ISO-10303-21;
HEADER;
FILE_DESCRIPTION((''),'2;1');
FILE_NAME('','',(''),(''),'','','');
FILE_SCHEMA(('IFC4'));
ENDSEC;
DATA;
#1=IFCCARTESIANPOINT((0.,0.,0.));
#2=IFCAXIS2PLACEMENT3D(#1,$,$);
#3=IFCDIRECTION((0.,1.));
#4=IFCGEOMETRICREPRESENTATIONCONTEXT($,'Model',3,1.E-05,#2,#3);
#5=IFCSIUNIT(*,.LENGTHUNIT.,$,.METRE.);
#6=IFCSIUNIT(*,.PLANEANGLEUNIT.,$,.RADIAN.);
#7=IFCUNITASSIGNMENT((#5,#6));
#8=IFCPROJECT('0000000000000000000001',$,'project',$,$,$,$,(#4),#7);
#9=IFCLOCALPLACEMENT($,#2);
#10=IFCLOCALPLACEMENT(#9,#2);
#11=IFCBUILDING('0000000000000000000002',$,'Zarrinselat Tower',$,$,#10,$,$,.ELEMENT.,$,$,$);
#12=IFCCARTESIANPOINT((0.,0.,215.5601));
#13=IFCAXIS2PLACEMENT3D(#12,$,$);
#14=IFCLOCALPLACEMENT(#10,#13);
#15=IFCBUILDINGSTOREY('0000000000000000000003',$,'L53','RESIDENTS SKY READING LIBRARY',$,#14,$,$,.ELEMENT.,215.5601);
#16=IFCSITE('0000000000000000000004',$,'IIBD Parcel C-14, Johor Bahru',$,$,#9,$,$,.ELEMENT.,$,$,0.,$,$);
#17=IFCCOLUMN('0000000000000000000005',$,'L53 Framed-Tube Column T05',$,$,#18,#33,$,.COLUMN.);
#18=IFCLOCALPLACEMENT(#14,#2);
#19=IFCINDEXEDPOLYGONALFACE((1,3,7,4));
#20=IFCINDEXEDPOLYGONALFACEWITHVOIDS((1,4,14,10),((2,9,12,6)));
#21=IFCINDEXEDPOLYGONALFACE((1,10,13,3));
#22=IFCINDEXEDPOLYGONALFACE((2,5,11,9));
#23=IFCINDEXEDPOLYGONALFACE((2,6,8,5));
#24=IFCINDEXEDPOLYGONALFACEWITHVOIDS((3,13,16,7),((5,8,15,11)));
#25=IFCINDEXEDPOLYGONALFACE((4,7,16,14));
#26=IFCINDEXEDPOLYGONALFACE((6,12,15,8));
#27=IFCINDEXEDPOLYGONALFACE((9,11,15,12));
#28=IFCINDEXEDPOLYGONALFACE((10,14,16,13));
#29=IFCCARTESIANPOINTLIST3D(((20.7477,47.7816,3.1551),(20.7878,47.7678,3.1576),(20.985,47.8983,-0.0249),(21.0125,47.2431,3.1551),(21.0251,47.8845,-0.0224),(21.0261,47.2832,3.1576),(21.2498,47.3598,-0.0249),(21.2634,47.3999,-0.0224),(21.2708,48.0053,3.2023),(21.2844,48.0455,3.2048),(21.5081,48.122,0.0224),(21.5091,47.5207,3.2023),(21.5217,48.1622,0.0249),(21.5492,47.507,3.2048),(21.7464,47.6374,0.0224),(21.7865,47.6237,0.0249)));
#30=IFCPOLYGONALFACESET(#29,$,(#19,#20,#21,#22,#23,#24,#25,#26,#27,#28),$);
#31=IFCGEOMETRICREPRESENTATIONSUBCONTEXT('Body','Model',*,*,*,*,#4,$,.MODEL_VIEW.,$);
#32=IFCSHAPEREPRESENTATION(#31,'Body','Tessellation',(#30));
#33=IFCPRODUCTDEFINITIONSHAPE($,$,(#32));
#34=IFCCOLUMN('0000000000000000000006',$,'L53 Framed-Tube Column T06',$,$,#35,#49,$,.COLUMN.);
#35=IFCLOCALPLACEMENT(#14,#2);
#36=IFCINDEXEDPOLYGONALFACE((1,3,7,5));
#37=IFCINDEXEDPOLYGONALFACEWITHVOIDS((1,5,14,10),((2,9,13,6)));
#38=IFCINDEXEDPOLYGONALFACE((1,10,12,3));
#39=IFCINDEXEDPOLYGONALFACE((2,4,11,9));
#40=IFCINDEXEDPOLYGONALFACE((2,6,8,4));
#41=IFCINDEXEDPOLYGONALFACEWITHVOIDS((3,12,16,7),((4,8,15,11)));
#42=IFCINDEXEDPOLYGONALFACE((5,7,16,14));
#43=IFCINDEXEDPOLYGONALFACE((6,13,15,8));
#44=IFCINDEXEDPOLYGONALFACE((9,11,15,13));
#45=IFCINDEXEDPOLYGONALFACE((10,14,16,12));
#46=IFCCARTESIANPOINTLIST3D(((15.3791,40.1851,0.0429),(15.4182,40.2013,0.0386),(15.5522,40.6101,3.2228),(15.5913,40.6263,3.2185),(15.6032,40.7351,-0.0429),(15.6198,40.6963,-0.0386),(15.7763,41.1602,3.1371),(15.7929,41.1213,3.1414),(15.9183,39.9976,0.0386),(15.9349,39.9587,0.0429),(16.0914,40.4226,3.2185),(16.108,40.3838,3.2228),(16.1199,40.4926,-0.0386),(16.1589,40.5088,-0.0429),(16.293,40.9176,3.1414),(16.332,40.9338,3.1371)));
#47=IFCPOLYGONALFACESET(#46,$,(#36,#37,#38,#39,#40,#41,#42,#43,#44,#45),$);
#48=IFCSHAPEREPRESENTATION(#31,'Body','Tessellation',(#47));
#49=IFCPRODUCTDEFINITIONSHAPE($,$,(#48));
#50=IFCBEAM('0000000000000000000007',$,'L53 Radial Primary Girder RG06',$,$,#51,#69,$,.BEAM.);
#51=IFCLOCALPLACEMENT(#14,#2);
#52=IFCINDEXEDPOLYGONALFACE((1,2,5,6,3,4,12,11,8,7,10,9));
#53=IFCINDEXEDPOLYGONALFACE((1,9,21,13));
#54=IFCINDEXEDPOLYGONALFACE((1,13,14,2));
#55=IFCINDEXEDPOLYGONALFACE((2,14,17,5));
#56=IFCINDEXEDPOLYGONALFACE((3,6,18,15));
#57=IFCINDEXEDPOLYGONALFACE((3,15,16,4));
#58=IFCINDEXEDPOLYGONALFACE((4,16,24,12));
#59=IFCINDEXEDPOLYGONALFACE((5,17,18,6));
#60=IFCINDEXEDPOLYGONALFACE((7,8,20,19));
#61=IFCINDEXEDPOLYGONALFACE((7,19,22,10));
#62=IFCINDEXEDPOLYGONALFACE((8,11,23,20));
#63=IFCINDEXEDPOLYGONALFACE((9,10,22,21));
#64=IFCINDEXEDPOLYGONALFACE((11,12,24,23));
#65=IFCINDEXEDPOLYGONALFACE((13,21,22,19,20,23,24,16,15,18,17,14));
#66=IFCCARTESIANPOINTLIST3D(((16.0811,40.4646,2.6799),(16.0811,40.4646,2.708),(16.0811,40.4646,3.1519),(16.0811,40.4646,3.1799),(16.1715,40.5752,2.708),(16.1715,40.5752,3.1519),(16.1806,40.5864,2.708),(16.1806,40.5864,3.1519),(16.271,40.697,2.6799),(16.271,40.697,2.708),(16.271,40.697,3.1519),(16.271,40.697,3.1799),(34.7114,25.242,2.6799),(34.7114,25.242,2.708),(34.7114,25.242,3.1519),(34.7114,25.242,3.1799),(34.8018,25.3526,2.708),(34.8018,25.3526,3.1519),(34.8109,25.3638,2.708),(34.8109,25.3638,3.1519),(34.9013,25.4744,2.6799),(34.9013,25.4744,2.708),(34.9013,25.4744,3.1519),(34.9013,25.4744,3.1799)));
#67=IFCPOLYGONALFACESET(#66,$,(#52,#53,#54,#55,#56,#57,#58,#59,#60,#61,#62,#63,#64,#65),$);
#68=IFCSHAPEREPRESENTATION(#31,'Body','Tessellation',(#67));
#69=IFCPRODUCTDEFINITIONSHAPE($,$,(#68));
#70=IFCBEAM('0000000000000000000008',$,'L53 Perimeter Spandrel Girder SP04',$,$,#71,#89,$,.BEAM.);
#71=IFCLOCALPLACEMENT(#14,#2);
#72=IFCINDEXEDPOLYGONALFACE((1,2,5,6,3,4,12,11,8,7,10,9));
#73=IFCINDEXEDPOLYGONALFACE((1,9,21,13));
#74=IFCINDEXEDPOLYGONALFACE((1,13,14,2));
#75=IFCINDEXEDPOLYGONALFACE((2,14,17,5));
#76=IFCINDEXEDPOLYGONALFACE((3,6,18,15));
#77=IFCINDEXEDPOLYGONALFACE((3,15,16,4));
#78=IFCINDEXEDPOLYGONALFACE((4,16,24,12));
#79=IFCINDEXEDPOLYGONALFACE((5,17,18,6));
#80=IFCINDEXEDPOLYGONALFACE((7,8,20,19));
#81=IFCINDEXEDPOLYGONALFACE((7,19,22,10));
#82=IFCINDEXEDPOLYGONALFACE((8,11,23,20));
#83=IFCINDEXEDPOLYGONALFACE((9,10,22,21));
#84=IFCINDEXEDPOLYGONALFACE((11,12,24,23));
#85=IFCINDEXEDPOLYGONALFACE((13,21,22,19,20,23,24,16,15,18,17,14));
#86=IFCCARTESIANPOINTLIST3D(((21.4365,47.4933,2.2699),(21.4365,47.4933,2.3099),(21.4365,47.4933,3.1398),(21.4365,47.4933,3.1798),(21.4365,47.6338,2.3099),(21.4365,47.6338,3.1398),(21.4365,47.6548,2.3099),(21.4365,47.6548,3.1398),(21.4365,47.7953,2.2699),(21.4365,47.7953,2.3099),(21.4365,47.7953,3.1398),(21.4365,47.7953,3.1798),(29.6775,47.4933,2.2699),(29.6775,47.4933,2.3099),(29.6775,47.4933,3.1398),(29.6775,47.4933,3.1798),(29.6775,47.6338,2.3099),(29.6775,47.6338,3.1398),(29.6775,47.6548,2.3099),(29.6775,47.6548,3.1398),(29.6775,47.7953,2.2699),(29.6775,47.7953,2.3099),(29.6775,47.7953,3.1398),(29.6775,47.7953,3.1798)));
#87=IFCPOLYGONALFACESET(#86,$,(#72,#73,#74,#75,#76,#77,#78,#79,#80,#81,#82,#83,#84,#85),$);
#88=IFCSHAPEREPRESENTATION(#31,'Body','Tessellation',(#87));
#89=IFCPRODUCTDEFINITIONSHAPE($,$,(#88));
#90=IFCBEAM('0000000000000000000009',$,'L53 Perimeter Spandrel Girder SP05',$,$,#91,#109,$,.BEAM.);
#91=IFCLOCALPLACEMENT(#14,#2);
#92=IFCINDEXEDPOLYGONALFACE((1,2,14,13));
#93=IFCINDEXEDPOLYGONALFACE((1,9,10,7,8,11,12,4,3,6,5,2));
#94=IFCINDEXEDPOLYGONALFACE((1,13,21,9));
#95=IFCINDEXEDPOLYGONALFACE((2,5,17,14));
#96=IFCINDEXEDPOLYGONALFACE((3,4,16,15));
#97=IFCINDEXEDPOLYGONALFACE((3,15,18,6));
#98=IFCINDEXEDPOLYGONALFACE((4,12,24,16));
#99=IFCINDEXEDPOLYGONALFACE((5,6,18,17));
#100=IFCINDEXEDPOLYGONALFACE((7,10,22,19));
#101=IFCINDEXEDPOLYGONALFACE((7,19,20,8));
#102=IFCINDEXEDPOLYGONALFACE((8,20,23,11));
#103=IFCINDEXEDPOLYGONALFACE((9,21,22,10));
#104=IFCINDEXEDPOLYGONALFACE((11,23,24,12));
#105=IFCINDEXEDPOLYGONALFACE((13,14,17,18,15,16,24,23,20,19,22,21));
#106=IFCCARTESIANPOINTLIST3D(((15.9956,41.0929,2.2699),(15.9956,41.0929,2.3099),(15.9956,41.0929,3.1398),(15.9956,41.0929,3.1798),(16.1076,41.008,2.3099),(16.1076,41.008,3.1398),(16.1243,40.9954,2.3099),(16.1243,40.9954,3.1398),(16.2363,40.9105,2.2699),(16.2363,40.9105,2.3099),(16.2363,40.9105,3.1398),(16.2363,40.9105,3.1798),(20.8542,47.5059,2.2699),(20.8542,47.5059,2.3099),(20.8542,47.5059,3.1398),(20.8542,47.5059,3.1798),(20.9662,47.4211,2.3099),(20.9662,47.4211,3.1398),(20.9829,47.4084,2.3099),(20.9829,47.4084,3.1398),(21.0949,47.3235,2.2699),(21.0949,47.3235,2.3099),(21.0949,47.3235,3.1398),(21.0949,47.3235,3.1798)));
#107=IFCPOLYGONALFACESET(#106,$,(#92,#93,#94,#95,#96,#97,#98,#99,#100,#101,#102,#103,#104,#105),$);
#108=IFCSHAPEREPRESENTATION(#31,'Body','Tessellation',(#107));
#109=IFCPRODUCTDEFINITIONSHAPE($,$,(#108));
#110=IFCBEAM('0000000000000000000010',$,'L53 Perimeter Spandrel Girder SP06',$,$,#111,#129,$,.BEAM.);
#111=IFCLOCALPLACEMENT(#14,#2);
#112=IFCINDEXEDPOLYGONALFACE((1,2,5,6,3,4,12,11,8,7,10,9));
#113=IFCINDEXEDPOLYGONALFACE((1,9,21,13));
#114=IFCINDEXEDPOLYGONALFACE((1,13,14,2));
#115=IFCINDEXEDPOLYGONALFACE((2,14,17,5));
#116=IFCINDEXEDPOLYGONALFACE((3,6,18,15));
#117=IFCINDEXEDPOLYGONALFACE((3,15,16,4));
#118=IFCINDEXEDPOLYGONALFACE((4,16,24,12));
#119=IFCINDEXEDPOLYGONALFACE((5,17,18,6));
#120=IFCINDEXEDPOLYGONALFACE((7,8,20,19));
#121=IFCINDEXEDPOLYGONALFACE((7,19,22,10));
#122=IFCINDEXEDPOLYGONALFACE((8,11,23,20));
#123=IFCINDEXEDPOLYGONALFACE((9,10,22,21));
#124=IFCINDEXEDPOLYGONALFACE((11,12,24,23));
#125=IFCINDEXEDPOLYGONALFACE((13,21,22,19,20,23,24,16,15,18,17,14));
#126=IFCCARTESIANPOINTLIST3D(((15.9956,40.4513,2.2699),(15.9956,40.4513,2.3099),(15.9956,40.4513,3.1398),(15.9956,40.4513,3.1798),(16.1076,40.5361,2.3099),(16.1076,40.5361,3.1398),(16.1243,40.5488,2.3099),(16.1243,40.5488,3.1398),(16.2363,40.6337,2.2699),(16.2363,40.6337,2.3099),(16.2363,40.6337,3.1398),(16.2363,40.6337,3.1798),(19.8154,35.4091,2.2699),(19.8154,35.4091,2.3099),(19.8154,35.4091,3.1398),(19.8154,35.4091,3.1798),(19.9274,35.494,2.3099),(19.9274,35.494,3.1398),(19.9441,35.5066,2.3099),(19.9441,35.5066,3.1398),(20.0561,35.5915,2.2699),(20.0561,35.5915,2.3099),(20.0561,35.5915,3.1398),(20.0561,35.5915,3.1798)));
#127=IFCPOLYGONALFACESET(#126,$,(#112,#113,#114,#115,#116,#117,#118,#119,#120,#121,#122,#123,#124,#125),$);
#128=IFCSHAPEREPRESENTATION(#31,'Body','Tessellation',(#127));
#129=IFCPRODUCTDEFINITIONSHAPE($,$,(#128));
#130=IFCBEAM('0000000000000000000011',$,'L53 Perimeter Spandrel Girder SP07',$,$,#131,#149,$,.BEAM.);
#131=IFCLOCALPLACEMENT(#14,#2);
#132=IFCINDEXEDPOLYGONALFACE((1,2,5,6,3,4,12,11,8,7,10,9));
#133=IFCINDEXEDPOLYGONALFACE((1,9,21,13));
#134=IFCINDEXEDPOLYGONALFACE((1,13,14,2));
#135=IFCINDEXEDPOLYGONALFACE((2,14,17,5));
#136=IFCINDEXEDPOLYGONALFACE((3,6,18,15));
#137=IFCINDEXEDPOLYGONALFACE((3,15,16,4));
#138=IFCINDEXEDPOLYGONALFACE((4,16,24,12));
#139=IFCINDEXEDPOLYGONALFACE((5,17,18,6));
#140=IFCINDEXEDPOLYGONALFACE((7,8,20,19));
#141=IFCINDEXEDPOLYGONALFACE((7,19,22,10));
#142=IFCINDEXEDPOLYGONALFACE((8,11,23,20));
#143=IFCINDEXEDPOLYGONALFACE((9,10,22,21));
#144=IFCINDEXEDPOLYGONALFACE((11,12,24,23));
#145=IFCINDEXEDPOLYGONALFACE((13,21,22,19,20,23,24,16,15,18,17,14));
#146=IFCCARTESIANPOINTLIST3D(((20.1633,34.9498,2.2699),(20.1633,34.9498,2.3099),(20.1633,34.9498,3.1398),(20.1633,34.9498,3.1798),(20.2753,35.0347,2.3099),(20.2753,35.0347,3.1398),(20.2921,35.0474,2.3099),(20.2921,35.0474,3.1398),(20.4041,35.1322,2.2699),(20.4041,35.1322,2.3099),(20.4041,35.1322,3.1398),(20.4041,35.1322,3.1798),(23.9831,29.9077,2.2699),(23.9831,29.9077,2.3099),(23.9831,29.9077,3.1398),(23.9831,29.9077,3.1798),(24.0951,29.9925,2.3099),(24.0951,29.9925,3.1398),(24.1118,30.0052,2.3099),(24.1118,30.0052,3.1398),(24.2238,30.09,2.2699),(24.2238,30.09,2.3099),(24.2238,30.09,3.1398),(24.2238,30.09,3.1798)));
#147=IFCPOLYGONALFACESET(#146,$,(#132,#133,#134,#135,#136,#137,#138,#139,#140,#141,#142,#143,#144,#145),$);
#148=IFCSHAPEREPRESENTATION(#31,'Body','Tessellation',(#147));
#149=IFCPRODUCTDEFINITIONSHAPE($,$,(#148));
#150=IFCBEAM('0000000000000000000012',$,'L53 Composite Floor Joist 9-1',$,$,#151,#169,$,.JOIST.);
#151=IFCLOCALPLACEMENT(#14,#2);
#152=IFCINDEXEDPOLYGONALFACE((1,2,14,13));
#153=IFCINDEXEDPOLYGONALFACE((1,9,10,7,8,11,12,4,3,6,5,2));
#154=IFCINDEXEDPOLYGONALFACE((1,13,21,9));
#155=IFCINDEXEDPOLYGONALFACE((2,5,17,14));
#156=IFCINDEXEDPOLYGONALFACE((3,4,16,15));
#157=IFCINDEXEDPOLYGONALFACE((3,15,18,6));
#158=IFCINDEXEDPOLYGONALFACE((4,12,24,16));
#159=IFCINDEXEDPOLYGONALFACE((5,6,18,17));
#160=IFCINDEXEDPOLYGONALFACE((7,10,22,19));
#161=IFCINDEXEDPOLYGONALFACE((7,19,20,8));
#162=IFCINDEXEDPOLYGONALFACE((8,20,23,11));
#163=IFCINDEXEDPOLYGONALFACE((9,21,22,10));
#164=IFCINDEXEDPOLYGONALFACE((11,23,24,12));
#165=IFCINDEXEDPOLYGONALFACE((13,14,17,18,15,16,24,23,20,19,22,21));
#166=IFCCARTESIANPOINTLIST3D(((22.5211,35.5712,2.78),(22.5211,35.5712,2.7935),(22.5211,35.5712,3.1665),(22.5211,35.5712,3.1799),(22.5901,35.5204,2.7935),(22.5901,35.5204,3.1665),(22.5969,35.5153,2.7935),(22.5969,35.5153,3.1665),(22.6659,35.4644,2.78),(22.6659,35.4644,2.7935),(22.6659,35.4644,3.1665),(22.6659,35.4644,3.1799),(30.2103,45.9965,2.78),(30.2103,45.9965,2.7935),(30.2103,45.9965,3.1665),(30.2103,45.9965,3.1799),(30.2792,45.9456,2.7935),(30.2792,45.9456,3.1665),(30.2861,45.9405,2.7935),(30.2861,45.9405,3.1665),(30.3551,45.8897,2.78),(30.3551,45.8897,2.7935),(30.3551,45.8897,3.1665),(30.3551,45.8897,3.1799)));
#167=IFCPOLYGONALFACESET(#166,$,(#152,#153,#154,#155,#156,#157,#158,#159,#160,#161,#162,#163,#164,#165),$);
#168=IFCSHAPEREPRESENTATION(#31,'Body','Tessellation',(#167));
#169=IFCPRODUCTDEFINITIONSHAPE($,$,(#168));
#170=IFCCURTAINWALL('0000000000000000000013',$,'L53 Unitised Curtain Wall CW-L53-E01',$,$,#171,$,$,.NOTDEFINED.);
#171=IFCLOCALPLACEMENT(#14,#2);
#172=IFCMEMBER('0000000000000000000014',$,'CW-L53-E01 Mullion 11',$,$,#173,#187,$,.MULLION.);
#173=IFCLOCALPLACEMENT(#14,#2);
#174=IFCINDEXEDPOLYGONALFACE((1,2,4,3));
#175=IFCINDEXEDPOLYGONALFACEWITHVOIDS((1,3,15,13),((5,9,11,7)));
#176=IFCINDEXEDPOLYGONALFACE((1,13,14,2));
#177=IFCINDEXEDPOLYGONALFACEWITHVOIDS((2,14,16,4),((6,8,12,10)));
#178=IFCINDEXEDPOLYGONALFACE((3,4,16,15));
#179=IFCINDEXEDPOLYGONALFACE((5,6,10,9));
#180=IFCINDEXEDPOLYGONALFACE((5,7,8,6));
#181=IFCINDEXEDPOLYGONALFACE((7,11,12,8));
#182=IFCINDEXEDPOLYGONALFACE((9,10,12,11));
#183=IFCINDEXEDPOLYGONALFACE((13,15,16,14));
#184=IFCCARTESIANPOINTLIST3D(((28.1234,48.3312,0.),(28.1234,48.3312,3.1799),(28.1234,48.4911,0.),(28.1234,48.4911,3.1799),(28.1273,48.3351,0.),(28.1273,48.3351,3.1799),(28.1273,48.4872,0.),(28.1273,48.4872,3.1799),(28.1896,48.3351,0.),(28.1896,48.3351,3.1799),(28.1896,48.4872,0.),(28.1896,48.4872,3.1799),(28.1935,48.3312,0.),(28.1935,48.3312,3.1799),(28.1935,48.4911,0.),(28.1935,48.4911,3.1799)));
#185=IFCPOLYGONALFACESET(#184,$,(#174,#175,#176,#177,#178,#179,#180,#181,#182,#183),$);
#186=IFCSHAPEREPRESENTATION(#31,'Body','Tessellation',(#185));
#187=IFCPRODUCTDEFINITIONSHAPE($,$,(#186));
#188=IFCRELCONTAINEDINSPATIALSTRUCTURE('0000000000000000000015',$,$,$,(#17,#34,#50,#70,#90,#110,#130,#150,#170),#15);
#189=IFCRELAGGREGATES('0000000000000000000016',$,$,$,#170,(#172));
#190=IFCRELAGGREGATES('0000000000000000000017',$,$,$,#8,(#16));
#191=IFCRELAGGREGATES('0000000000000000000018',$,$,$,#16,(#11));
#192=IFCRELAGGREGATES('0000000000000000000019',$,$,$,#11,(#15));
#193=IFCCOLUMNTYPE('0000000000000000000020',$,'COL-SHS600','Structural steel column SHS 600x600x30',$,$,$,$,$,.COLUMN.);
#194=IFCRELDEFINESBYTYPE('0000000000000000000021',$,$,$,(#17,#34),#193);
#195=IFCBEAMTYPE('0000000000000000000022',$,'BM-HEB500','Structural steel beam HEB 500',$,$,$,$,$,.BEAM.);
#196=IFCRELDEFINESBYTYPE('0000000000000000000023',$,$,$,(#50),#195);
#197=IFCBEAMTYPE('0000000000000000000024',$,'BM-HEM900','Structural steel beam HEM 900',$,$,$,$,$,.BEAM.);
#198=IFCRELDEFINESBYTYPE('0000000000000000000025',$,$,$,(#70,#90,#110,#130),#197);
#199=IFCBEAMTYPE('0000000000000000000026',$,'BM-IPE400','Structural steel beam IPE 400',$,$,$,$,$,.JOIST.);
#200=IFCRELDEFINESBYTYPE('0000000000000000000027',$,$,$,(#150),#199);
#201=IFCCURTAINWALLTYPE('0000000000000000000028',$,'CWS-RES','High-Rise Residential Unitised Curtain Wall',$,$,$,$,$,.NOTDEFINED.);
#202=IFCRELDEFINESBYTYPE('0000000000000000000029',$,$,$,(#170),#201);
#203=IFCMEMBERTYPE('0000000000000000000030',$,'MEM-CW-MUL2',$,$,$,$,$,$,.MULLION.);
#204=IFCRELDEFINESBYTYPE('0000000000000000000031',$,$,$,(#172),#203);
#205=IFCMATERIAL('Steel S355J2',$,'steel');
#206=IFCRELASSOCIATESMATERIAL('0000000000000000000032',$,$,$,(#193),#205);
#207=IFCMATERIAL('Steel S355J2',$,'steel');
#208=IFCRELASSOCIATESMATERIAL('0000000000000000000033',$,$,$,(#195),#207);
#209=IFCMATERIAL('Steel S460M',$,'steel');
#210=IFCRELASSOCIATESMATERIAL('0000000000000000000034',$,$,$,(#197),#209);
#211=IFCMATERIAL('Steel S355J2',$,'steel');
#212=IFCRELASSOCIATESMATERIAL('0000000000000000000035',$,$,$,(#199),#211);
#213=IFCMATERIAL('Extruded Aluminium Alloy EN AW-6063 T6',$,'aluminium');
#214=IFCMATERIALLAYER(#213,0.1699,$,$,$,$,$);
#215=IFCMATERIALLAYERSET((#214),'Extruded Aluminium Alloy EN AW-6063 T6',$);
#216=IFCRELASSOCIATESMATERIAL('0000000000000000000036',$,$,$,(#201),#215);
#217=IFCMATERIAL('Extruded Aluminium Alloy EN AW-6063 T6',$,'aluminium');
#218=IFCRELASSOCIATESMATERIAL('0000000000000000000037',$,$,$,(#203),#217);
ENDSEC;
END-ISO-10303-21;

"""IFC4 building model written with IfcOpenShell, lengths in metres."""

from ifc_helpers import new_model, si_unit, direction, frame, origin, origin_2d, place, context, subcontext, project, spatial, hollow_rectangle, i_section, extrude, material, layer, layer_set, material_profile, profile_set, type_object, element, aggregate, save


model = new_model("IFC4")

# Units and contexts
model_context = context("Model", 3, precision=1e-05, world=origin(), true_north=direction((0.0, 1.0)))
body_context = subcontext(model_context, "Body", "Model", "MODEL_VIEW")
ifc_project = project(units=[si_unit("LENGTHUNIT", "METRE"), si_unit("PLANEANGLEUNIT", "RADIAN")], contexts=[model_context])

# Site, building, storey
site_placement = place(None, origin())
site = spatial("IfcSite", under=ifc_project, at=site_placement, Name="IIBD Parcel C-14, Johor Bahru", CompositionType="ELEMENT", RefElevation=0.0)
building_placement = place(site_placement, origin())
building = spatial("IfcBuilding", under=site, at=building_placement, Name="Zarrinselat Tower", CompositionType="ELEMENT")
storey_placement = place(building_placement, frame((0.0, 0.0, 215.5601)))
storey = spatial("IfcBuildingStorey", under=building, at=storey_placement, Name="L53", Description="RESIDENTS SKY READING LIBRARY", CompositionType="ELEMENT", Elevation=215.5601)

# Columns
ifc_material_1 = material(Name="Steel S355J2", Category="steel")
ifc_material_profile_1 = material_profile(ifc_material_1, hollow_rectangle(XDim=0.6001, YDim=0.6001, WallThickness=0.03, at=origin_2d()), Name="SHS 600x600x30")
ifc_profile_set_1 = profile_set([ifc_material_profile_1], Name="Steel S355J2")
column_type = type_object("IfcColumnType", Name="COL-SHS600", Description="Structural steel column SHS 600x600x30", PredefinedType="COLUMN", material=ifc_profile_set_1)
column_1_placement = place(storey_placement, frame((21.3857, 47.761, 0.0), z_axis=(-0.074369, -0.036572, 0.99656), x_axis=(0.441295, -0.897362, 0.0)))
element("IfcColumn", 1, at=column_1_placement, inside=storey, type_object=column_type, Name="L53 Framed-Tube Column T05", PredefinedType="COLUMN", context=body_context, shape_type="SweptSolid", body=[
    extrude(hollow_rectangle(XDim=0.6001, YDim=0.6001, WallThickness=0.03, at=origin_2d()), origin(), (0.0, 0.0, 1.0), 3.1909),
])
column_2_placement = place(storey_placement, frame((15.769, 40.3469, 0.0), z_axis=(0.053876, 0.132295, 0.989745), x_axis=(-0.926147, 0.377162, 0.0)))
element("IfcColumn", 2, at=column_2_placement, inside=storey, type_object=column_type, Name="L53 Framed-Tube Column T06", PredefinedType="COLUMN", context=body_context, shape_type="SweptSolid", body=[
    extrude(hollow_rectangle(XDim=0.6001, YDim=0.6001, WallThickness=0.03, at=origin_2d()), origin(), (0.0, 0.0, 1.0), 3.2129),
])

# Beams
ifc_material_2 = material(Name="Steel S355J2", Category="steel")
ifc_material_profile_2 = material_profile(ifc_material_2, i_section(OverallWidth=0.3, OverallDepth=0.5, WebThickness=0.0144, FlangeThickness=0.0281, at=origin_2d()), Name="HEB 500")
ifc_profile_set_2 = profile_set([ifc_material_profile_2], Name="Steel S355J2")
beam_type_1 = type_object("IfcBeamType", Name="BM-HEB500", Description="Structural steel beam HEB 500", PredefinedType="BEAM", material=ifc_profile_set_2)
beam_1_placement = place(storey_placement, frame((16.176, 40.5808, 2.9299), z_axis=(0.774372, -0.63273, 0.0), x_axis=(0.63273, 0.774372, 0.0)))
element("IfcBeam", 3, at=beam_1_placement, inside=storey, type_object=beam_type_1, Name="L53 Radial Primary Girder RG06", PredefinedType="BEAM", context=body_context, shape_type="SweptSolid", body=[
    extrude(i_section(OverallWidth=0.3, OverallDepth=0.5, WebThickness=0.0144, FlangeThickness=0.0281, at=origin_2d()), origin(), (0.0, 0.0, 1.0), 24.0586),
])
ifc_material_3 = material(Name="Steel S460M", Category="steel")
ifc_material_profile_3 = material_profile(ifc_material_3, i_section(OverallWidth=0.302, OverallDepth=0.9099, WebThickness=0.021, FlangeThickness=0.04, at=origin_2d()), Name="HEM 900")
ifc_profile_set_3 = profile_set([ifc_material_profile_3], Name="Steel S460M")
beam_type_2 = type_object("IfcBeamType", Name="BM-HEM900", Description="Structural steel beam HEM 900", PredefinedType="BEAM", material=ifc_profile_set_3)
beam_2_placement = place(storey_placement, frame((21.4365, 47.6443, 2.7249), z_axis=(1.0, 0.0, 0.0), x_axis=(0.0, 1.0, 0.0)))
element("IfcBeam", 4, at=beam_2_placement, inside=storey, type_object=beam_type_2, Name="L53 Perimeter Spandrel Girder SP04", PredefinedType="BEAM", context=body_context, shape_type="SweptSolid", body=[
    extrude(i_section(OverallWidth=0.302, OverallDepth=0.9099, WebThickness=0.021, FlangeThickness=0.04, at=origin_2d()), origin(), (0.0, 0.0, 1.0), 8.241),
])
beam_3_placement = place(storey_placement, frame((16.116, 41.0017, 2.7249), z_axis=(0.603877, 0.797078, 0.0), x_axis=(-0.797078, 0.603877, 0.0)))
element("IfcBeam", 5, at=beam_3_placement, inside=storey, type_object=beam_type_2, Name="L53 Perimeter Spandrel Girder SP05", PredefinedType="BEAM", context=body_context, shape_type="SweptSolid", body=[
    extrude(i_section(OverallWidth=0.302, OverallDepth=0.9099, WebThickness=0.021, FlangeThickness=0.04, at=origin_2d()), origin(), (0.0, 0.0, 1.0), 8.0457),
])
for number, where, z_axis, x_axis, name in (
    (6, (16.116, 40.5425, 2.7249), (0.603852, -0.797096, 0.0), (0.797096, 0.603852, 0.0), "L53 Perimeter Spandrel Girder SP06"),
    (7, (20.2837, 35.041, 2.7249), (0.603852, -0.797096, 0.0), (0.797096, 0.603852, 0.0), "L53 Perimeter Spandrel Girder SP07"),
):
    element("IfcBeam", number, at=place(storey_placement, frame(where, z_axis=z_axis, x_axis=x_axis)), inside=storey, type_object=beam_type_2, Name=name, PredefinedType="BEAM", context=body_context, shape_type="SweptSolid", body=[
        extrude(i_section(OverallWidth=0.302, OverallDepth=0.9099, WebThickness=0.021, FlangeThickness=0.04, at=origin_2d()), origin(), (0.0, 0.0, 1.0), 6.3257),
    ])
ifc_material_4 = material(Name="Steel S355J2", Category="steel")
ifc_material_profile_4 = material_profile(ifc_material_4, i_section(OverallWidth=0.1799, OverallDepth=0.3999, WebThickness=0.0085, FlangeThickness=0.0134, at=origin_2d()), Name="IPE 400")
ifc_profile_set_4 = profile_set([ifc_material_profile_4], Name="Steel S355J2")
beam_type_3 = type_object("IfcBeamType", Name="BM-IPE400", Description="Structural steel beam IPE 400", PredefinedType="JOIST", material=ifc_profile_set_4)
beam_4_placement = place(storey_placement, frame((22.5935, 35.5178, 2.98), z_axis=(0.59357, 0.804782, 0.0), x_axis=(-0.804782, 0.59357, 0.0)))
element("IfcBeam", 8, at=beam_4_placement, inside=storey, type_object=beam_type_3, Name="L53 Composite Floor Joist 9-1", PredefinedType="JOIST", context=body_context, shape_type="SweptSolid", body=[
    extrude(i_section(OverallWidth=0.1799, OverallDepth=0.3999, WebThickness=0.0085, FlangeThickness=0.0134, at=origin_2d()), origin(), (0.0, 0.0, 1.0), 12.9541),
])

# Curtain wall, member
ifc_material_5 = material(Name="Extruded Aluminium Alloy EN AW-6063 T6", Category="aluminium")
ifc_layer_1 = layer(ifc_material_5, 0.1699)
ifc_layer_set_1 = layer_set([ifc_layer_1], Name="Extruded Aluminium Alloy EN AW-6063 T6")
curtain_wall_type = type_object("IfcCurtainWallType", Name="CWS-RES", Description="High-Rise Residential Unitised Curtain Wall", PredefinedType="NOTDEFINED", material=ifc_layer_set_1)
curtain_wall_1_placement = place(storey_placement, origin())
curtain_wall_1 = element("IfcCurtainWall", 9, at=curtain_wall_1_placement, inside=storey, type_object=curtain_wall_type, Name="L53 Unitised Curtain Wall CW-L53-E01", PredefinedType="NOTDEFINED")
ifc_material_6 = material(Name="Extruded Aluminium Alloy EN AW-6063 T6", Category="aluminium")
ifc_material_profile_5 = material_profile(ifc_material_6, hollow_rectangle(XDim=0.0701, YDim=0.1599, WallThickness=0.0039, at=origin_2d()), Name="RHS 160x70x4")
ifc_profile_set_5 = profile_set([ifc_material_profile_5], Name="Extruded Aluminium Alloy EN AW-6063 T6")
member_type_1 = type_object("IfcMemberType", Name="MEM-CW-MUL2", PredefinedType="MULLION", material=ifc_profile_set_5)
member_1_placement = place(storey_placement, frame((28.1584, 48.4111, 0.0), z_axis=(0.0, 0.0, 1.0), x_axis=(-1.0, 0.0, 0.0)))
member_1 = element("IfcMember", 10, at=member_1_placement, type_object=member_type_1, Name="CW-L53-E01 Mullion 11", PredefinedType="MULLION", context=body_context, shape_type="SweptSolid", body=[
    extrude(hollow_rectangle(XDim=0.0701, YDim=0.1599, WallThickness=0.0039, at=origin_2d()), origin(), (0.0, 0.0, 1.0), 3.1799),
])

aggregate(curtain_wall_1, [member_1])

save(model, "model.ifc")
